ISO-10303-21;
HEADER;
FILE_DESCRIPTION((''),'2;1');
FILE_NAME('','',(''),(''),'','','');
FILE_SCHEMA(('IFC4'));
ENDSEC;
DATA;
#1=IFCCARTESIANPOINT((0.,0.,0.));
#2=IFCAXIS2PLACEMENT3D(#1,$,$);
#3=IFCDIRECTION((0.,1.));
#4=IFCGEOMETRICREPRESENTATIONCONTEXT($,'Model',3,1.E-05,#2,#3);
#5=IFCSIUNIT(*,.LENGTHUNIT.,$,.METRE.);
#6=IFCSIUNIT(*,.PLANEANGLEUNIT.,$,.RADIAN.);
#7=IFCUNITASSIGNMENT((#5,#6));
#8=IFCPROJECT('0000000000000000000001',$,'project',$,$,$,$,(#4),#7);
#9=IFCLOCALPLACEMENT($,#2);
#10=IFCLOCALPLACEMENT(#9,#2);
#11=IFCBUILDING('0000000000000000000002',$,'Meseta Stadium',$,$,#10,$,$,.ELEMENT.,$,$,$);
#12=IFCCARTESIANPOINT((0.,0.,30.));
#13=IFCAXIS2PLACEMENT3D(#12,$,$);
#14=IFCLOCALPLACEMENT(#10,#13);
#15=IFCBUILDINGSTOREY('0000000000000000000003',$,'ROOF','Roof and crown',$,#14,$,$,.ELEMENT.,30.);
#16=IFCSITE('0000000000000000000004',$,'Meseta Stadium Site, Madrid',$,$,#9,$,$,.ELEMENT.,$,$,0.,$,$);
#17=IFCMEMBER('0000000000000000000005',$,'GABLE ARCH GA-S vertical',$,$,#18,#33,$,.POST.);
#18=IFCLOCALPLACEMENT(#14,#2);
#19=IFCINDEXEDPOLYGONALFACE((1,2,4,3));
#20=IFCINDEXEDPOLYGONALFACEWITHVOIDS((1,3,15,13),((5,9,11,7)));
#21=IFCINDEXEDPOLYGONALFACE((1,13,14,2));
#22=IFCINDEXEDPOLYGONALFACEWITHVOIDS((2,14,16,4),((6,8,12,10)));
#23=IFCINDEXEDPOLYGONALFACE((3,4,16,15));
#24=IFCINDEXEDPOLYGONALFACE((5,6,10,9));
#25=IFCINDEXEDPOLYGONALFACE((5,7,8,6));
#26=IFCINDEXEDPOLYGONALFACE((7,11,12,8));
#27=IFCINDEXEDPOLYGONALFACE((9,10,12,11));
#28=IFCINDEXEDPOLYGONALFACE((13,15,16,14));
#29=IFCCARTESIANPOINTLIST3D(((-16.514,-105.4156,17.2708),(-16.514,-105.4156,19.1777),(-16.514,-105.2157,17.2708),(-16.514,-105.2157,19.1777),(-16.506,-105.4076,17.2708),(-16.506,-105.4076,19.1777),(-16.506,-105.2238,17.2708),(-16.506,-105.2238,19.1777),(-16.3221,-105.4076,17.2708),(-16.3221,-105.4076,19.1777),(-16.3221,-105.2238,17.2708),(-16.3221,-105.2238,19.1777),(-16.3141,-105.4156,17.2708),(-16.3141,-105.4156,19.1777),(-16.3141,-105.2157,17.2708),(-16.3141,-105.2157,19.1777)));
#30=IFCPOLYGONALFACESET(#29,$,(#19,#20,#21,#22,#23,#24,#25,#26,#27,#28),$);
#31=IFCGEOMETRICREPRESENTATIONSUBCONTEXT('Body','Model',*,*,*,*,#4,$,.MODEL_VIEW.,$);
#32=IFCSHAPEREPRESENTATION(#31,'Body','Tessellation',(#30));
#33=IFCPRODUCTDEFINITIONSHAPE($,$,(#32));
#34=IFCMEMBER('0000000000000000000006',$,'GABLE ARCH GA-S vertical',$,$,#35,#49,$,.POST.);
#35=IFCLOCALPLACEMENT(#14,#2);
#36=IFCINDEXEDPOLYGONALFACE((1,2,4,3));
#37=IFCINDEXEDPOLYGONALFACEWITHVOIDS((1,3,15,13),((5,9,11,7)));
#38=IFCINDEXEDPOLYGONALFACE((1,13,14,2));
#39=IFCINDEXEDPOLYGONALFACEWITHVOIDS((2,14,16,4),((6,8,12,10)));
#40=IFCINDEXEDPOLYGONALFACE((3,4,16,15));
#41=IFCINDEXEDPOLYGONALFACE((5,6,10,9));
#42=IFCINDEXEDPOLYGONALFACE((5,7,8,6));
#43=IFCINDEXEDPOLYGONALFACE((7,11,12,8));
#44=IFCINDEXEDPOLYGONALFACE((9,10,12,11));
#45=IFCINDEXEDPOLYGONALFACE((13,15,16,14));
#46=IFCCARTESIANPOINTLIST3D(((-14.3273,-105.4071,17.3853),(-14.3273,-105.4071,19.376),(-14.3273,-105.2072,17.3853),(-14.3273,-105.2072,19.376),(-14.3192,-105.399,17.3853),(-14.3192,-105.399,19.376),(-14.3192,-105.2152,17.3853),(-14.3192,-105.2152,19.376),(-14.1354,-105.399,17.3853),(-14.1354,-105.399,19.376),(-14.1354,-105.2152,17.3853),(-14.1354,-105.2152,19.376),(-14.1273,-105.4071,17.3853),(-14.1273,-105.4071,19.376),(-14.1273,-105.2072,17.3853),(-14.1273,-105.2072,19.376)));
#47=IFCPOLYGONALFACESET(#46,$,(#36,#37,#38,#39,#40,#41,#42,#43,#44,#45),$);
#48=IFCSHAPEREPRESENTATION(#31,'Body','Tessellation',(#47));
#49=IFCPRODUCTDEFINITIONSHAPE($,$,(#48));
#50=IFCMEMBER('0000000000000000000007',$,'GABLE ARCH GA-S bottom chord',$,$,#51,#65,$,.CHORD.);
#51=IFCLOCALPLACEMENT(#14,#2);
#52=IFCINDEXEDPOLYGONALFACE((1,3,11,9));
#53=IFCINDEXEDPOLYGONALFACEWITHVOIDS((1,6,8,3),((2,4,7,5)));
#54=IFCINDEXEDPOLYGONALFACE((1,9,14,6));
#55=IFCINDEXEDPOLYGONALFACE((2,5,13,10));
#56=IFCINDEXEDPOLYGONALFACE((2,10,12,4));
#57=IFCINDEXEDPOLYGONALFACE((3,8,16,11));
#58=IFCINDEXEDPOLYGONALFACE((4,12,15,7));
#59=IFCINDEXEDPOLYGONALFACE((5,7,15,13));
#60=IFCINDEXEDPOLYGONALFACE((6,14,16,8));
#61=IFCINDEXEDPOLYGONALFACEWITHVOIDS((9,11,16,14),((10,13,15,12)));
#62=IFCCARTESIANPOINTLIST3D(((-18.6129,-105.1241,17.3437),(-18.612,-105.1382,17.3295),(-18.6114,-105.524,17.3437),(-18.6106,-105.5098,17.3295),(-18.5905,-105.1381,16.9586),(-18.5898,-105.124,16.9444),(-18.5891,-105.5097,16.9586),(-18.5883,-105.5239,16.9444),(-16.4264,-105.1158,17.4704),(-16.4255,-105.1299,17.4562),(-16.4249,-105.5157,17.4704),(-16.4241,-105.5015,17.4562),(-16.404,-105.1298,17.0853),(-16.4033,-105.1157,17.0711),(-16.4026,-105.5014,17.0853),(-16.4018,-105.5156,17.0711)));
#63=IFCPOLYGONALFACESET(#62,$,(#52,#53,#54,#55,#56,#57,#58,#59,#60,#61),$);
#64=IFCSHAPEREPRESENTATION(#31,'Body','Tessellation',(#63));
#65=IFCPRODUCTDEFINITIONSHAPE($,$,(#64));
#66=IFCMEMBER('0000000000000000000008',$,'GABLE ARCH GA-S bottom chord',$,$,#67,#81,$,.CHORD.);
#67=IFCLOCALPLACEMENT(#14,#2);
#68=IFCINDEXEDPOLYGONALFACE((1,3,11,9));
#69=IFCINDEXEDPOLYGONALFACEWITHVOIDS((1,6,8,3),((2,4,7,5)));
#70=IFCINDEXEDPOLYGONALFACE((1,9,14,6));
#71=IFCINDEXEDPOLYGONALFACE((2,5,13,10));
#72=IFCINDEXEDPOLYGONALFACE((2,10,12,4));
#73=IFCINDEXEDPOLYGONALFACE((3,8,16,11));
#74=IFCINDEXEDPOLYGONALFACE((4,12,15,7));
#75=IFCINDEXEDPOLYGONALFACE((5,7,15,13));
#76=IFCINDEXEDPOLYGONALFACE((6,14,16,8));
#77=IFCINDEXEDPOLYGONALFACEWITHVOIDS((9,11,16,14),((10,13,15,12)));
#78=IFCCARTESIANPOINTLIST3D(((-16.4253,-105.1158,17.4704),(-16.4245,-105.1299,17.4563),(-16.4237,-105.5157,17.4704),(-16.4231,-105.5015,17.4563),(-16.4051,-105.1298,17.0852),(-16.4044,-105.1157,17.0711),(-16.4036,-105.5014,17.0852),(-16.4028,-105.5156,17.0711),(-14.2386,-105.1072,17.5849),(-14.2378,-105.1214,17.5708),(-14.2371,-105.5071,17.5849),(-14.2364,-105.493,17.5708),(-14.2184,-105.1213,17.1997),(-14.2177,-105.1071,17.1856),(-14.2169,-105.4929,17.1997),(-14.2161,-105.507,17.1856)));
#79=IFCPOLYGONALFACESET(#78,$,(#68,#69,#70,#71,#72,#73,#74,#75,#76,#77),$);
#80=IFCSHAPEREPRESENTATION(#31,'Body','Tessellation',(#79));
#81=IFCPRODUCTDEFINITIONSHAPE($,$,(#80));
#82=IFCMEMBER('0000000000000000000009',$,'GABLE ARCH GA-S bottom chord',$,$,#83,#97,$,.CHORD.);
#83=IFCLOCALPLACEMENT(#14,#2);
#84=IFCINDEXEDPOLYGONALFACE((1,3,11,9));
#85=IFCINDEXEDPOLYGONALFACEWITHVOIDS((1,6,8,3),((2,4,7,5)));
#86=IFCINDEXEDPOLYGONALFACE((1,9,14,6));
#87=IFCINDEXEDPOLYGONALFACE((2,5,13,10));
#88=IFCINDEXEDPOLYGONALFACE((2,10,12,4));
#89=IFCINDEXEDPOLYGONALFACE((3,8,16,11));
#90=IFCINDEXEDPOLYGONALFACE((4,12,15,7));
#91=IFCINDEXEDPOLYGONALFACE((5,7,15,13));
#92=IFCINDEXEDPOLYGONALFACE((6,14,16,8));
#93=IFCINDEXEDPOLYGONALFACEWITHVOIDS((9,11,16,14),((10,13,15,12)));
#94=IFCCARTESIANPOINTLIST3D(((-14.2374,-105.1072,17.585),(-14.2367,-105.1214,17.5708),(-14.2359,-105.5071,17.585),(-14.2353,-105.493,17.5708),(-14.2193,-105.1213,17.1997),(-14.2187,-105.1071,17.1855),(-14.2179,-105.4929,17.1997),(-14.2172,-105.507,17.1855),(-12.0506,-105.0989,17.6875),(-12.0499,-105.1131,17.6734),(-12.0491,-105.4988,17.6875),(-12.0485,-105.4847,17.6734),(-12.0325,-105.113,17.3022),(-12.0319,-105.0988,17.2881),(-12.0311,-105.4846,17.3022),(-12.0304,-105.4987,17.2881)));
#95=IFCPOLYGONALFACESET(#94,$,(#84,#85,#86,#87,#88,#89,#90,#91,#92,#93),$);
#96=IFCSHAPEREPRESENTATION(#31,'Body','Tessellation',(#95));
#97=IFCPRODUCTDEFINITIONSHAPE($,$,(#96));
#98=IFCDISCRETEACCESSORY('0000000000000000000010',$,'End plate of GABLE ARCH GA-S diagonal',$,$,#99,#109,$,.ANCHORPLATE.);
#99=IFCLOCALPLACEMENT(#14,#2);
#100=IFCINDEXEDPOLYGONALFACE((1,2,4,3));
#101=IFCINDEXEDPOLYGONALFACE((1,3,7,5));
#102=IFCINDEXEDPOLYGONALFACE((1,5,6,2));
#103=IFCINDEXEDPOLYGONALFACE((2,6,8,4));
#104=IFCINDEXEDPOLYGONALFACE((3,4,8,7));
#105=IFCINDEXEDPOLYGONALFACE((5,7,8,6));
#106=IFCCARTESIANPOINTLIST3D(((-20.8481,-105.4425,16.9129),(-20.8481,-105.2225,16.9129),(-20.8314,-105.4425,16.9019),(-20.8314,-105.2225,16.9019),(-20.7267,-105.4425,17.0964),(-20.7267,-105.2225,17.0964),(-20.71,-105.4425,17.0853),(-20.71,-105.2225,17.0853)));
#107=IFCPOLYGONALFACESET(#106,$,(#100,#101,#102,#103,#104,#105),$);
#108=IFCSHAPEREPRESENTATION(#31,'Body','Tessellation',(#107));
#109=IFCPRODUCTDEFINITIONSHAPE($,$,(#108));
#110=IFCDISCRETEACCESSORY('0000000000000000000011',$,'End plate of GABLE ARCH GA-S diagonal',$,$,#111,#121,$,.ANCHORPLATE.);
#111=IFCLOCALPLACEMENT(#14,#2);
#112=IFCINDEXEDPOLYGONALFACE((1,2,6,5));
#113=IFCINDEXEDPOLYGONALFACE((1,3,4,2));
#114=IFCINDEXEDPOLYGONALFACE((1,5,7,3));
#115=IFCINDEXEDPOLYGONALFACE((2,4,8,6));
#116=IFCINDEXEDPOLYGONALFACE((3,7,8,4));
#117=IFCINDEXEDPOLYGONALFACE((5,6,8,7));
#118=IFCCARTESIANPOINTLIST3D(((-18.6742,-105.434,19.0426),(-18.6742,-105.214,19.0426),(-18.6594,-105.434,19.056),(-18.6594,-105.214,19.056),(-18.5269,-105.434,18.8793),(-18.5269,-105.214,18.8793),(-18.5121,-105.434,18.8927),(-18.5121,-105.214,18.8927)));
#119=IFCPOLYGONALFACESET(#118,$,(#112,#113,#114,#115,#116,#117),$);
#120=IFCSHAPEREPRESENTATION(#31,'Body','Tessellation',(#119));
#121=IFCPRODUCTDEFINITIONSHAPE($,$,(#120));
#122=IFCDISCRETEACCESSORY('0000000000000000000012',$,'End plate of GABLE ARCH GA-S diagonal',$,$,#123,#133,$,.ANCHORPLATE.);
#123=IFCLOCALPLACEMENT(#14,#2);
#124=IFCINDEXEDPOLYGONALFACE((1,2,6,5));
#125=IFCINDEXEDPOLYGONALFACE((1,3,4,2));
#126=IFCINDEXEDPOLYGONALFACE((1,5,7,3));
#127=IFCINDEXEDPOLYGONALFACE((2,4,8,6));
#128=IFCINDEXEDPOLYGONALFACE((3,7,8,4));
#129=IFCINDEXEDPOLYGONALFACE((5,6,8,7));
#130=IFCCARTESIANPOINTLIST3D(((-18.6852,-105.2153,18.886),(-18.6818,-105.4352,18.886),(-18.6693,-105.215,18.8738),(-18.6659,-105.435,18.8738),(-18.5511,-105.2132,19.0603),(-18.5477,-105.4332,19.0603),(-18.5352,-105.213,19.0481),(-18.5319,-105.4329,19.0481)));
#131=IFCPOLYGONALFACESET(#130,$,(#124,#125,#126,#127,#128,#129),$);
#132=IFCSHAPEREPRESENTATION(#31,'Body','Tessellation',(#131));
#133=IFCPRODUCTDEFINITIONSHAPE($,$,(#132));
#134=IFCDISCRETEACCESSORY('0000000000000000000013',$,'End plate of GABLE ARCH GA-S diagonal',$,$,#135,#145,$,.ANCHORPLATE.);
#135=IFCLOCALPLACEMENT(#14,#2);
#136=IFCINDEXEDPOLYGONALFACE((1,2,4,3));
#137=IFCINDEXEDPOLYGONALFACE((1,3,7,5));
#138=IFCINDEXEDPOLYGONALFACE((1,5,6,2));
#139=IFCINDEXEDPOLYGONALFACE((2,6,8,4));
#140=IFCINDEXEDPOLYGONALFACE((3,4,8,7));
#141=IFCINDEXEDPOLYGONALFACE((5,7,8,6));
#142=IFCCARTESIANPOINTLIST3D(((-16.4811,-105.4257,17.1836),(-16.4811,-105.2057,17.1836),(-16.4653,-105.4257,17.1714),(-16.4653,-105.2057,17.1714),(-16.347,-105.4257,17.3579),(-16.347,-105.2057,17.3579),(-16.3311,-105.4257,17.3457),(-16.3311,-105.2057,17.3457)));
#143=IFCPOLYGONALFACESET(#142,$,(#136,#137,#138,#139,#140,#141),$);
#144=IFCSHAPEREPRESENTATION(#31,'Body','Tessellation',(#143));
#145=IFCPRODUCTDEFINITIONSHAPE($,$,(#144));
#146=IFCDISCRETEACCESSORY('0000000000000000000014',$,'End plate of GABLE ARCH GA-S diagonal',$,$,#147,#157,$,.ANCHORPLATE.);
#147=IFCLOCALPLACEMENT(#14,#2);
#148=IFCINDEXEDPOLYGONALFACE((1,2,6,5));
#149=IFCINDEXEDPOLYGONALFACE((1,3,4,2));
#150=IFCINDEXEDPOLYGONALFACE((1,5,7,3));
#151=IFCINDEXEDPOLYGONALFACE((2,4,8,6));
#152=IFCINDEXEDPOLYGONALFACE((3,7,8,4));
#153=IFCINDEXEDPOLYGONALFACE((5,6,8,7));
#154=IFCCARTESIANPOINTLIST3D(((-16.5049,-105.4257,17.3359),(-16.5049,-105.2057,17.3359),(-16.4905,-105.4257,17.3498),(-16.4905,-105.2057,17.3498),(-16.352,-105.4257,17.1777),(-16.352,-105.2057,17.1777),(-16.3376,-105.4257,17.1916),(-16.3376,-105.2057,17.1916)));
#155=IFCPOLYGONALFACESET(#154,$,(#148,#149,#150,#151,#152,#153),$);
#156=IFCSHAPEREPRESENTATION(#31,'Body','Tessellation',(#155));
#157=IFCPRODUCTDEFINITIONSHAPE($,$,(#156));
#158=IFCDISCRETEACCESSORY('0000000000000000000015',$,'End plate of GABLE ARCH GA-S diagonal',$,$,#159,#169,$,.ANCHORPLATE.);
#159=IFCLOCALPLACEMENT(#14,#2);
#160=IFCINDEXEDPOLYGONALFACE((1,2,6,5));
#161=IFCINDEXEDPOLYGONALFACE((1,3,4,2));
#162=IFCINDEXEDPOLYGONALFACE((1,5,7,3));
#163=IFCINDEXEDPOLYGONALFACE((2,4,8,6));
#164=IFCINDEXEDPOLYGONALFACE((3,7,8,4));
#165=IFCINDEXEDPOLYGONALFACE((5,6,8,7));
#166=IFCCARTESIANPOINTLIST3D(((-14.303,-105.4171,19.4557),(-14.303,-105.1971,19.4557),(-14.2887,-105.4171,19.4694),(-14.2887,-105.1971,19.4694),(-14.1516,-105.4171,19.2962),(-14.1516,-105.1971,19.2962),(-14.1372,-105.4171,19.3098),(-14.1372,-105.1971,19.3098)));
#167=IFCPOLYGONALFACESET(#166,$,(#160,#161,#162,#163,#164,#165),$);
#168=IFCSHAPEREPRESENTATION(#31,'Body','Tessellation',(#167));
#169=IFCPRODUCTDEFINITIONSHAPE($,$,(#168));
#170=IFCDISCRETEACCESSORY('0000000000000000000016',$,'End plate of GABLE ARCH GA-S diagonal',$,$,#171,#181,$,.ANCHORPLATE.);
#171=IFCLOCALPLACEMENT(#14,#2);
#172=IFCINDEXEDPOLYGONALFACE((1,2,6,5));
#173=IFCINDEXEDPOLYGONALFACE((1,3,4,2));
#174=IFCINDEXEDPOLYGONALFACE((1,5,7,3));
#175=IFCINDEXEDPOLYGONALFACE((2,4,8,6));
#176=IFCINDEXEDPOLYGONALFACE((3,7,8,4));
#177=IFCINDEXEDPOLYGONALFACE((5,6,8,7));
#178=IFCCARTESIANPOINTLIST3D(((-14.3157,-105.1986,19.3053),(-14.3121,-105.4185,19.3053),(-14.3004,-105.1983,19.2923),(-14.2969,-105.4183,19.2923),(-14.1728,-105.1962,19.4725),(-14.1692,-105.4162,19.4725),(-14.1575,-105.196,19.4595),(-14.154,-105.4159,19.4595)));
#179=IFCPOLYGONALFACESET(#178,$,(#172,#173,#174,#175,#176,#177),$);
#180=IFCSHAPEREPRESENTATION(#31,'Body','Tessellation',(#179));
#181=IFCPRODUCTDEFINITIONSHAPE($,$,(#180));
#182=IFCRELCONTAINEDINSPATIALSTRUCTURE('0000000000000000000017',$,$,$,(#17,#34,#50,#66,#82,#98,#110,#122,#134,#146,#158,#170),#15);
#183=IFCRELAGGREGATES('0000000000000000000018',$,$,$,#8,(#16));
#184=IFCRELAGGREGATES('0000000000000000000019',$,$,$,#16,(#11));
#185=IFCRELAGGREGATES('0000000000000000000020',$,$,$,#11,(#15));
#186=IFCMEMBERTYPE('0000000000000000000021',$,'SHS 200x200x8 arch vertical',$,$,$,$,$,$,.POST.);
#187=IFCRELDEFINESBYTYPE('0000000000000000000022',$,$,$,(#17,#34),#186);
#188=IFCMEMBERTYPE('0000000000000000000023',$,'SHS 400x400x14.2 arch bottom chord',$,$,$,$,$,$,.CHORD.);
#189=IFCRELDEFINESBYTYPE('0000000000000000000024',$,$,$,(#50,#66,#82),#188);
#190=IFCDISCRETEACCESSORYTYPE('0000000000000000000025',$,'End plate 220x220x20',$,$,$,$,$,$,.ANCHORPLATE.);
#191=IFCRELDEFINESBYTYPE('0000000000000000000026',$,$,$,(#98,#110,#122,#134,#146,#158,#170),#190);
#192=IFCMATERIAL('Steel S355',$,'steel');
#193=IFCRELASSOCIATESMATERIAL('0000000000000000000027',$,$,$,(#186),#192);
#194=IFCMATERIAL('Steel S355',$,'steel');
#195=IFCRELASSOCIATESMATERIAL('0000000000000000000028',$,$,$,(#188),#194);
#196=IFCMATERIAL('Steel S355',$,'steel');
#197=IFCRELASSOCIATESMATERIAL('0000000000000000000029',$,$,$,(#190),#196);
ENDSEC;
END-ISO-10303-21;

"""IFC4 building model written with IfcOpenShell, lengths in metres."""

from ifc_helpers import new_model, si_unit, direction, frame, origin, origin_2d, place, context, subcontext, project, spatial, rectangle, hollow_rectangle, extrude, material, material_profile, profile_set, type_object, element, save


model = new_model("IFC4")

# Units and contexts
model_context = context("Model", 3, precision=1e-05, world=origin(), true_north=direction((0.0, 1.0)))
body_context = subcontext(model_context, "Body", "Model", "MODEL_VIEW")
ifc_project = project(units=[si_unit("LENGTHUNIT", "METRE"), si_unit("PLANEANGLEUNIT", "RADIAN")], contexts=[model_context])

# Site, building, storey
site_placement = place(None, origin())
site = spatial("IfcSite", under=ifc_project, at=site_placement, Name="Meseta Stadium Site, Madrid", CompositionType="ELEMENT", RefElevation=0.0)
building_placement = place(site_placement, origin())
building = spatial("IfcBuilding", under=site, at=building_placement, Name="Meseta Stadium", CompositionType="ELEMENT")
storey_placement = place(building_placement, frame((0.0, 0.0, 30.0)))
storey = spatial("IfcBuildingStorey", under=building, at=storey_placement, Name="ROOF", Description="Roof and crown", CompositionType="ELEMENT", Elevation=30.0)

# Members
ifc_material_1 = material(Name="Steel S355", Category="steel")
ifc_material_profile_1 = material_profile(ifc_material_1, hollow_rectangle(XDim=0.2, YDim=0.2, WallThickness=0.0081, at=origin_2d()), Name="SHS 200x200x8")
ifc_profile_set_1 = profile_set([ifc_material_profile_1], Name="Steel S355")
member_type_1 = type_object("IfcMemberType", Name="SHS 200x200x8 arch vertical", PredefinedType="POST", material=ifc_profile_set_1)
member_1_placement = place(storey_placement, frame((-16.4141, -105.3157, 17.2708), z_axis=(0.0, 0.0, 1.0), x_axis=(1.0, 0.0, 0.0)))
element("IfcMember", 1, at=member_1_placement, inside=storey, type_object=member_type_1, Name="GABLE ARCH GA-S vertical", PredefinedType="POST", context=body_context, shape_type="SweptSolid", body=[
    extrude(hollow_rectangle(XDim=0.2, YDim=0.2, WallThickness=0.0081, at=origin_2d()), origin(), (0.0, 0.0, 1.0), 1.907),
])
member_2_placement = place(storey_placement, frame((-14.2273, -105.3071, 17.3853), z_axis=(0.0, 0.0, 1.0), x_axis=(1.0, 0.0, 0.0)))
element("IfcMember", 2, at=member_2_placement, inside=storey, type_object=member_type_1, Name="GABLE ARCH GA-S vertical", PredefinedType="POST", context=body_context, shape_type="SweptSolid", body=[
    extrude(hollow_rectangle(XDim=0.2, YDim=0.2, WallThickness=0.0081, at=origin_2d()), origin(), (0.0, 0.0, 1.0), 1.9907),
])
ifc_material_2 = material(Name="Steel S355", Category="steel")
ifc_material_profile_2 = material_profile(ifc_material_2, hollow_rectangle(XDim=0.3999, YDim=0.3999, WallThickness=0.0142, at=origin_2d()), Name="SHS 400x400x14.2")
ifc_profile_set_2 = profile_set([ifc_material_profile_2], Name="Steel S355")
member_type_2 = type_object("IfcMemberType", Name="SHS 400x400x14.2 arch bottom chord", PredefinedType="CHORD", material=ifc_profile_set_2)
member_3_placement = place(storey_placement, frame((-18.6006, -105.324, 17.144), z_axis=(0.998318, 0.00379, 0.057853), x_axis=(-0.003796, 0.999993, 0.0)))
element("IfcMember", 3, at=member_3_placement, inside=storey, type_object=member_type_2, Name="GABLE ARCH GA-S bottom chord", PredefinedType="CHORD", context=body_context, shape_type="SweptSolid", body=[
    extrude(hollow_rectangle(XDim=0.3999, YDim=0.3999, WallThickness=0.0142, at=origin_2d()), origin(), (0.0, 0.0, 1.0), 2.1902),
])
member_4_placement = place(storey_placement, frame((-16.4141, -105.3157, 17.2708), z_axis=(0.998624, 0.003902, 0.052289), x_axis=(-0.003908, 0.999992, 0.0)))
element("IfcMember", 4, at=member_4_placement, inside=storey, type_object=member_type_2, Name="GABLE ARCH GA-S bottom chord", PredefinedType="CHORD", context=body_context, shape_type="SweptSolid", body=[
    extrude(hollow_rectangle(XDim=0.3999, YDim=0.3999, WallThickness=0.0142, at=origin_2d()), origin(), (0.0, 0.0, 1.0), 2.1897),
])
member_5_placement = place(storey_placement, frame((-14.2273, -105.3071, 17.3853), z_axis=(0.998895, 0.003792, 0.046839), x_axis=(-0.003796, 0.999993, 0.0)))
element("IfcMember", 5, at=member_5_placement, inside=storey, type_object=member_type_2, Name="GABLE ARCH GA-S bottom chord", PredefinedType="CHORD", context=body_context, shape_type="SweptSolid", body=[
    extrude(hollow_rectangle(XDim=0.3999, YDim=0.3999, WallThickness=0.0142, at=origin_2d()), origin(), (0.0, 0.0, 1.0), 2.1892),
])

# Discrete accessories
ifc_material_3 = material(Name="Steel S355", Category="steel")
ifc_material_profile_3 = material_profile(ifc_material_3, rectangle(XDim=0.22, YDim=0.22, at=origin_2d()), Name="PL 220x220")
ifc_profile_set_3 = profile_set([ifc_material_profile_3], Name="Steel S355")
discrete_accessory_type = type_object("IfcDiscreteAccessoryType", Name="End plate 220x220x20", PredefinedType="ANCHORPLATE", material=ifc_profile_set_3)
for number, where, z_axis, x_axis, name in (
    (6, (-20.7874, -105.3325, 17.0046), (0.833932, 0.0, -0.551867), (0.0, 1.0, 0.0), "End plate of GABLE ARCH GA-S diagonal"),
    (7, (-18.6006, -105.324, 18.9609), (0.742688, 0.0, 0.669637), (0.0, 1.0, 0.0), "End plate of GABLE ARCH GA-S diagonal"),
    (8, (-18.6165, -105.3242, 18.9731), (0.792565, 0.012193, -0.609665), (-0.015383, 0.999882, 0.0), "End plate of GABLE ARCH GA-S diagonal"),
    (9, (-16.4141, -105.3157, 17.2708), (0.792624, 0.0, -0.609711), (0.0, 1.0, 0.0), "End plate of GABLE ARCH GA-S diagonal"),
    (10, (-16.4285, -105.3157, 17.2568), (0.719191, 0.0, 0.694812), (0.0, 1.0, 0.0), "End plate of GABLE ARCH GA-S diagonal"),
):
    element("IfcDiscreteAccessory", number, at=place(storey_placement, frame(where, z_axis=z_axis, x_axis=x_axis)), inside=storey, type_object=discrete_accessory_type, Name=name, PredefinedType="ANCHORPLATE", context=body_context, shape_type="SweptSolid", body=[
        extrude(rectangle(XDim=0.22, YDim=0.22, at=origin_2d()), origin(), (0.0, 0.0, 1.0), 0.02),
    ])
discrete_accessory_1_placement = place(storey_placement, frame((-14.2273, -105.3071, 19.376), z_axis=(0.725306, 0.0, 0.688426), x_axis=(0.0, 1.0, 0.0)))
element("IfcDiscreteAccessory", 11, at=discrete_accessory_1_placement, inside=storey, type_object=discrete_accessory_type, Name="End plate of GABLE ARCH GA-S diagonal", PredefinedType="ANCHORPLATE", context=body_context, shape_type="SweptSolid", body=[
    extrude(rectangle(XDim=0.22, YDim=0.22, at=origin_2d()), origin(), (0.0, 0.0, 1.0), 0.0198),
])
discrete_accessory_2_placement = place(storey_placement, frame((-14.2424, -105.3074, 19.3889), z_axis=(0.760064, 0.012259, -0.649732), x_axis=(-0.016127, 0.99987, 0.0)))
element("IfcDiscreteAccessory", 12, at=discrete_accessory_2_placement, inside=storey, type_object=discrete_accessory_type, Name="End plate of GABLE ARCH GA-S diagonal", PredefinedType="ANCHORPLATE", context=body_context, shape_type="SweptSolid", body=[
    extrude(rectangle(XDim=0.22, YDim=0.22, at=origin_2d()), origin(), (0.0, 0.0, 1.0), 0.02),
])

save(model, "model.ifc")
